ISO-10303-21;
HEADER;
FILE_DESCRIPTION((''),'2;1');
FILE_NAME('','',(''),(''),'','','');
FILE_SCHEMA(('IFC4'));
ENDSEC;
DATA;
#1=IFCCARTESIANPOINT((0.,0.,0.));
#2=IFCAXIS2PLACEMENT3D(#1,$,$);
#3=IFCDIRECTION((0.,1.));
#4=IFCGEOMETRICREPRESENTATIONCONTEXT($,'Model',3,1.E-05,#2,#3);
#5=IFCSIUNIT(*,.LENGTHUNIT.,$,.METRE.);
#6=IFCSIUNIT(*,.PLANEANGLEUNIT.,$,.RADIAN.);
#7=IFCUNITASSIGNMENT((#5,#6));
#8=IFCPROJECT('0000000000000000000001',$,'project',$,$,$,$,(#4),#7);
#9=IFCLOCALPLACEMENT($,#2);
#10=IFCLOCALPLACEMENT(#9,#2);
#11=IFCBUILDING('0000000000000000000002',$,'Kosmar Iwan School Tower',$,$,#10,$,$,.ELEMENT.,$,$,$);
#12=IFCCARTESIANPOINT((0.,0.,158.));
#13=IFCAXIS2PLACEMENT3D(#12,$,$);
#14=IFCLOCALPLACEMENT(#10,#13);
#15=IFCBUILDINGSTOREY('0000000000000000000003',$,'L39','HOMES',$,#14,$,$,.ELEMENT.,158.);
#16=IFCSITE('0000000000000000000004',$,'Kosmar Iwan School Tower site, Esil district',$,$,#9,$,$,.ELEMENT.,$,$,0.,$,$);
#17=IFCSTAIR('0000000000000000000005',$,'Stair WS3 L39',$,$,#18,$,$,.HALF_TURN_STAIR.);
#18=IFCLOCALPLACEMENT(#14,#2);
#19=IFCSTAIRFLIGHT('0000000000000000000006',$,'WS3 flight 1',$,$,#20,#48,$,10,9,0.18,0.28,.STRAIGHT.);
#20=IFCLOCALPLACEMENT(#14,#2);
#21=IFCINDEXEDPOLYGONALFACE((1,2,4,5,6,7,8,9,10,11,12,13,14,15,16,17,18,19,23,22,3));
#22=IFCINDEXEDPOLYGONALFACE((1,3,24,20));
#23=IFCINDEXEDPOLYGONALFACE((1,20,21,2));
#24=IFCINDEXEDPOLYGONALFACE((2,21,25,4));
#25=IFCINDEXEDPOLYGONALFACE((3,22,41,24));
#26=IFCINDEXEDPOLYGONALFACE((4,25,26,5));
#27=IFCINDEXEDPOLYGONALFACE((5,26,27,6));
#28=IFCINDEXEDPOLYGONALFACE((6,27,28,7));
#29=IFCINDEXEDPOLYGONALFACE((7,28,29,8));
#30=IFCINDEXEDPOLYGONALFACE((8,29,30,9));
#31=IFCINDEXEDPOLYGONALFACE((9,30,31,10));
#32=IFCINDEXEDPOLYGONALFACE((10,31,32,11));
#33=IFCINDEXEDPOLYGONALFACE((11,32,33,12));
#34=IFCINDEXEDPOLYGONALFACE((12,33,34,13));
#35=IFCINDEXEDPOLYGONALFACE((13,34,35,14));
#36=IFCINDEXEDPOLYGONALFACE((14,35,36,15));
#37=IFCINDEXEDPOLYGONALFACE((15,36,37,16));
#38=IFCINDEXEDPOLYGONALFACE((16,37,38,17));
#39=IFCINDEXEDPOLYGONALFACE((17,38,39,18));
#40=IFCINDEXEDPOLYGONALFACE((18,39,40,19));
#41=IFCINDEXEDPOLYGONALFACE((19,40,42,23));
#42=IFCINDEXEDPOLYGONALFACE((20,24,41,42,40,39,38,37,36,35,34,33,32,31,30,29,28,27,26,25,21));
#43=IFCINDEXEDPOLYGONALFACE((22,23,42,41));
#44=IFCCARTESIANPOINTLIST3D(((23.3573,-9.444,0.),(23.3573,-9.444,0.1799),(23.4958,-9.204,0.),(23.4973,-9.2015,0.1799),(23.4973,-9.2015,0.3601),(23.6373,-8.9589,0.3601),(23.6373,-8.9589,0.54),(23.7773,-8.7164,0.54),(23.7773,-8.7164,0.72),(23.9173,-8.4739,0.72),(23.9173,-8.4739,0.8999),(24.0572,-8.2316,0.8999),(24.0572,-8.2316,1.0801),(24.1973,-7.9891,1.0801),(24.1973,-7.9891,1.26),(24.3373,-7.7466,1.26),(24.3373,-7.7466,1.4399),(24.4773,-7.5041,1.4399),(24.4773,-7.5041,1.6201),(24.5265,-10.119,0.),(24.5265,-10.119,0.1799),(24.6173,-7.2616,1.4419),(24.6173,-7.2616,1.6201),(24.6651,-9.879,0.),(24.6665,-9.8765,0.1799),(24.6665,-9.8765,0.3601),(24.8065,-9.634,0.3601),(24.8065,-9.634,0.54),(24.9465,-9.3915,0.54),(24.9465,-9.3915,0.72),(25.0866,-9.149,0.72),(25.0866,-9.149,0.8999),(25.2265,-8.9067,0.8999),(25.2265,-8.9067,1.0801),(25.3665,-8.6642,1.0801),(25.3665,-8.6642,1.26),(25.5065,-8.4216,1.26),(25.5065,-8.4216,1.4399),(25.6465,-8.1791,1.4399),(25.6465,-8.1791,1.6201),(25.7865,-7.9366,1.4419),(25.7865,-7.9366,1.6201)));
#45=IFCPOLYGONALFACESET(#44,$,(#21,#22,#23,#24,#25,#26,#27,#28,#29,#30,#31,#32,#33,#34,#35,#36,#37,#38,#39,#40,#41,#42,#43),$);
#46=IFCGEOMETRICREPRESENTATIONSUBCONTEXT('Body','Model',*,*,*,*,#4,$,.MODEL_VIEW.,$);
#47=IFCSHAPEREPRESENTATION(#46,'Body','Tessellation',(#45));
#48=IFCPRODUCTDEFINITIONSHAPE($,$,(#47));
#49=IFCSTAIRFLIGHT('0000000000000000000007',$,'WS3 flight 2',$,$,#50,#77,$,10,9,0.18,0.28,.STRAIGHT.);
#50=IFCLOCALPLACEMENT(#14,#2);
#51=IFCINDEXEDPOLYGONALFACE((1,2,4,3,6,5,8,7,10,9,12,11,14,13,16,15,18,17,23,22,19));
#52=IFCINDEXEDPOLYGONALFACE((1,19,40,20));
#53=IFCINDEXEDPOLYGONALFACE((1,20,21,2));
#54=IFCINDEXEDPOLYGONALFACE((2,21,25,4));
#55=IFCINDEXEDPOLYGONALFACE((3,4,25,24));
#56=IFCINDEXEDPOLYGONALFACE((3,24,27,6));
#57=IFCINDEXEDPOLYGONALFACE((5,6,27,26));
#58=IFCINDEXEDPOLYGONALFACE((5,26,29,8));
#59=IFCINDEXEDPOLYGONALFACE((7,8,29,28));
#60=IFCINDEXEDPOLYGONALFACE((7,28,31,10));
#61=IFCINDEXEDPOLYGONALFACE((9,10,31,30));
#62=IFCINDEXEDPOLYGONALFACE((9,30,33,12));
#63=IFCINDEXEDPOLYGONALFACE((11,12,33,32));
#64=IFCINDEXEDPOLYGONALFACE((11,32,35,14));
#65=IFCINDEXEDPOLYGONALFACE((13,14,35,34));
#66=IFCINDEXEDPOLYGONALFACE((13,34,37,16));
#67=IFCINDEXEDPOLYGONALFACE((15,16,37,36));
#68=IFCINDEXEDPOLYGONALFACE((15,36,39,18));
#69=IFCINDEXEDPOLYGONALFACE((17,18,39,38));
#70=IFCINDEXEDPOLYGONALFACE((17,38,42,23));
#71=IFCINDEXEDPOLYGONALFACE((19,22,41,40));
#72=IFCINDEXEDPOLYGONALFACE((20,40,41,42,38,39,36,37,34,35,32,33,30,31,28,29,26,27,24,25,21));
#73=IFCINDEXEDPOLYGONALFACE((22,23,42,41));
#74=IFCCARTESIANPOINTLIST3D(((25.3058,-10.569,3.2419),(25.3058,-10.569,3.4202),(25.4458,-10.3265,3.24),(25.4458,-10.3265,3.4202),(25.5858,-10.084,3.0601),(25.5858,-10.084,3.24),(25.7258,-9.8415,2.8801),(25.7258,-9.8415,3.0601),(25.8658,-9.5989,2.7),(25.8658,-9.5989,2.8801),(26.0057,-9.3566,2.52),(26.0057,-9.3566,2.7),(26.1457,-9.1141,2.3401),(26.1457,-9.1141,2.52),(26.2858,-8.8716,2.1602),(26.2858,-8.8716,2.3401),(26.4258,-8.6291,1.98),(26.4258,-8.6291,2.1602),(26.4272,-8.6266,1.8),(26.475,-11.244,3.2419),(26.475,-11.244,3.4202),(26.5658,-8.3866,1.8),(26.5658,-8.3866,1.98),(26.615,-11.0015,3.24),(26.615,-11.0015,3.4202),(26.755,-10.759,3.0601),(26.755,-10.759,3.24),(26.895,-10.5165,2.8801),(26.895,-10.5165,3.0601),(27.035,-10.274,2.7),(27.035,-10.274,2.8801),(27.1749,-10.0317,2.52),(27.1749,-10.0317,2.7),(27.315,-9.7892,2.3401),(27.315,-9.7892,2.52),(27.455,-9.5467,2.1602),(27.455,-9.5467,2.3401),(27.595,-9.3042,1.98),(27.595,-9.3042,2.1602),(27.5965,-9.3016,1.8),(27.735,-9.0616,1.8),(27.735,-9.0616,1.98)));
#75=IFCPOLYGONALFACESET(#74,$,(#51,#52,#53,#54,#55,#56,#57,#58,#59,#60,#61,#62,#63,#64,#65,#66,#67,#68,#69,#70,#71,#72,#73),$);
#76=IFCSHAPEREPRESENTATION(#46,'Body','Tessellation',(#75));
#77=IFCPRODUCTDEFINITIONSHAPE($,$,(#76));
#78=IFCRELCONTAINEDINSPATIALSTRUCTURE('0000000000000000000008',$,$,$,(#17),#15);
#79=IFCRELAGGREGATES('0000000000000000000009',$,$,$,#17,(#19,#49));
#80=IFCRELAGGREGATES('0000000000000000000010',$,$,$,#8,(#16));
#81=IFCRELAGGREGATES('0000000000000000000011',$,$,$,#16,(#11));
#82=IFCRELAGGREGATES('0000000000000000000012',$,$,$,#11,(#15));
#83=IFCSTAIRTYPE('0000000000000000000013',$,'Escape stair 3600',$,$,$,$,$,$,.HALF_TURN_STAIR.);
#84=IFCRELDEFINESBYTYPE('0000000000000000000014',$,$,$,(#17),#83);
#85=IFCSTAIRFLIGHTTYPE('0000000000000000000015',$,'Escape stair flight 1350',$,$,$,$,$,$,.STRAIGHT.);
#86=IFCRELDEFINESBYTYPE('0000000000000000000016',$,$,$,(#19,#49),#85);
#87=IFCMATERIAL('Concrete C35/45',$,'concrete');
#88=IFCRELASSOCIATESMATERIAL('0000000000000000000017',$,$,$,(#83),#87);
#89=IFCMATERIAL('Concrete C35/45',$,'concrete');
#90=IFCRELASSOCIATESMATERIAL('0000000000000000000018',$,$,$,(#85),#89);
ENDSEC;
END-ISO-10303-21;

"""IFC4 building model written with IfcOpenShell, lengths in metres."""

from ifc_helpers import new_model, si_unit, direction, frame, origin, place, context, subcontext, project, spatial, polyline, outline, extrude, material, type_object, element, aggregate, save


model = new_model("IFC4")

# Units and contexts
model_context = context("Model", 3, precision=1e-05, world=origin(), true_north=direction((0.0, 1.0)))
body_context = subcontext(model_context, "Body", "Model", "MODEL_VIEW")
ifc_project = project(units=[si_unit("LENGTHUNIT", "METRE"), si_unit("PLANEANGLEUNIT", "RADIAN")], contexts=[model_context])

# Site, building, storey
site_placement = place(None, origin())
site = spatial("IfcSite", under=ifc_project, at=site_placement, Name="Kosmar Iwan School Tower site, Esil district", CompositionType="ELEMENT", RefElevation=0.0)
building_placement = place(site_placement, origin())
building = spatial("IfcBuilding", under=site, at=building_placement, Name="Kosmar Iwan School Tower", CompositionType="ELEMENT")
storey_placement = place(building_placement, frame((0.0, 0.0, 158.0)))
storey = spatial("IfcBuildingStorey", under=building, at=storey_placement, Name="L39", Description="HOMES", CompositionType="ELEMENT", Elevation=158.0)

# Stair, stair flights
ifc_material_1 = material(Name="Concrete C35/45", Category="concrete")
stair_type = type_object("IfcStairType", Name="Escape stair 3600", PredefinedType="HALF_TURN_STAIR", material=ifc_material_1)
stair_placement = place(storey_placement, origin())
stair = element("IfcStair", 1, at=stair_placement, inside=storey, type_object=stair_type, Name="Stair WS3 L39", PredefinedType="HALF_TURN_STAIR")
ifc_material_2 = material(Name="Concrete C35/45", Category="concrete")
stair_flight_type = type_object("IfcStairFlightType", Name="Escape stair flight 1350", PredefinedType="STRAIGHT", material=ifc_material_2)
stair_flight_1_placement = place(storey_placement, frame((23.9419, -9.7815, 0.0), z_axis=(0.0, 0.0, 1.0), x_axis=(0.5, 0.866025, 0.0)))
stair_flight_1 = element("IfcStairFlight", 2, at=stair_flight_1_placement, type_object=stair_flight_type, Name="WS3 flight 1", NumberOfRisers=10, NumberOfTreads=9, PredefinedType="STRAIGHT", RiserHeight=0.18, TreadLength=0.28, context=body_context, shape_type="SweptSolid", body=[
    extrude(outline(polyline([(0.0, 0.0), (0.0, 0.1799), (0.28, 0.1799), (0.28, 0.3601), (0.5601, 0.3601), (0.5601, 0.54), (0.8401, 0.54), (0.8401, 0.72), (1.1201, 0.72), (1.1201, 0.8999), (1.3999, 0.8999), (1.3999, 1.0801), (1.6799, 1.0801), (1.6799, 1.26), (1.96, 1.26), (1.96, 1.4399), (2.24, 1.4399), (2.24, 1.6201), (2.52, 1.6201), (2.52, 1.8), (2.52, 1.4419), (0.2771, 0.0), (0.0, 0.0)])), frame((0.0, 0.675, 0.0), z_axis=(0.0, -1.0, 0.0), x_axis=(1.0, 0.0, 0.0)), (0.0, 0.0, 1.0), 1.3501),
])
stair_flight_2_placement = place(storey_placement, frame((27.1504, -8.7241, 1.8), z_axis=(0.0, 0.0, 1.0), x_axis=(-0.5, -0.866025, 0.0)))
stair_flight_2 = element("IfcStairFlight", 3, at=stair_flight_2_placement, type_object=stair_flight_type, Name="WS3 flight 2", NumberOfRisers=10, NumberOfTreads=9, PredefinedType="STRAIGHT", RiserHeight=0.18, TreadLength=0.28, context=body_context, shape_type="SweptSolid", body=[
    extrude(outline(polyline([(0.0, 0.0), (0.0, 0.1799), (0.28, 0.1799), (0.28, 0.3601), (0.5601, 0.3601), (0.5601, 0.54), (0.8401, 0.54), (0.8401, 0.72), (1.1201, 0.72), (1.1201, 0.8999), (1.3999, 0.8999), (1.3999, 1.0801), (1.6799, 1.0801), (1.6799, 1.26), (1.96, 1.26), (1.96, 1.4399), (2.24, 1.4399), (2.24, 1.6201), (2.52, 1.6201), (2.52, 1.8), (2.52, 1.4419), (0.2771, 0.0), (0.0, 0.0)])), frame((0.0, 0.675, 0.0), z_axis=(0.0, -1.0, 0.0), x_axis=(1.0, 0.0, 0.0)), (0.0, 0.0, 1.0), 1.3501),
])
aggregate(stair, [stair_flight_1, stair_flight_2])

save(model, "model.ifc")
